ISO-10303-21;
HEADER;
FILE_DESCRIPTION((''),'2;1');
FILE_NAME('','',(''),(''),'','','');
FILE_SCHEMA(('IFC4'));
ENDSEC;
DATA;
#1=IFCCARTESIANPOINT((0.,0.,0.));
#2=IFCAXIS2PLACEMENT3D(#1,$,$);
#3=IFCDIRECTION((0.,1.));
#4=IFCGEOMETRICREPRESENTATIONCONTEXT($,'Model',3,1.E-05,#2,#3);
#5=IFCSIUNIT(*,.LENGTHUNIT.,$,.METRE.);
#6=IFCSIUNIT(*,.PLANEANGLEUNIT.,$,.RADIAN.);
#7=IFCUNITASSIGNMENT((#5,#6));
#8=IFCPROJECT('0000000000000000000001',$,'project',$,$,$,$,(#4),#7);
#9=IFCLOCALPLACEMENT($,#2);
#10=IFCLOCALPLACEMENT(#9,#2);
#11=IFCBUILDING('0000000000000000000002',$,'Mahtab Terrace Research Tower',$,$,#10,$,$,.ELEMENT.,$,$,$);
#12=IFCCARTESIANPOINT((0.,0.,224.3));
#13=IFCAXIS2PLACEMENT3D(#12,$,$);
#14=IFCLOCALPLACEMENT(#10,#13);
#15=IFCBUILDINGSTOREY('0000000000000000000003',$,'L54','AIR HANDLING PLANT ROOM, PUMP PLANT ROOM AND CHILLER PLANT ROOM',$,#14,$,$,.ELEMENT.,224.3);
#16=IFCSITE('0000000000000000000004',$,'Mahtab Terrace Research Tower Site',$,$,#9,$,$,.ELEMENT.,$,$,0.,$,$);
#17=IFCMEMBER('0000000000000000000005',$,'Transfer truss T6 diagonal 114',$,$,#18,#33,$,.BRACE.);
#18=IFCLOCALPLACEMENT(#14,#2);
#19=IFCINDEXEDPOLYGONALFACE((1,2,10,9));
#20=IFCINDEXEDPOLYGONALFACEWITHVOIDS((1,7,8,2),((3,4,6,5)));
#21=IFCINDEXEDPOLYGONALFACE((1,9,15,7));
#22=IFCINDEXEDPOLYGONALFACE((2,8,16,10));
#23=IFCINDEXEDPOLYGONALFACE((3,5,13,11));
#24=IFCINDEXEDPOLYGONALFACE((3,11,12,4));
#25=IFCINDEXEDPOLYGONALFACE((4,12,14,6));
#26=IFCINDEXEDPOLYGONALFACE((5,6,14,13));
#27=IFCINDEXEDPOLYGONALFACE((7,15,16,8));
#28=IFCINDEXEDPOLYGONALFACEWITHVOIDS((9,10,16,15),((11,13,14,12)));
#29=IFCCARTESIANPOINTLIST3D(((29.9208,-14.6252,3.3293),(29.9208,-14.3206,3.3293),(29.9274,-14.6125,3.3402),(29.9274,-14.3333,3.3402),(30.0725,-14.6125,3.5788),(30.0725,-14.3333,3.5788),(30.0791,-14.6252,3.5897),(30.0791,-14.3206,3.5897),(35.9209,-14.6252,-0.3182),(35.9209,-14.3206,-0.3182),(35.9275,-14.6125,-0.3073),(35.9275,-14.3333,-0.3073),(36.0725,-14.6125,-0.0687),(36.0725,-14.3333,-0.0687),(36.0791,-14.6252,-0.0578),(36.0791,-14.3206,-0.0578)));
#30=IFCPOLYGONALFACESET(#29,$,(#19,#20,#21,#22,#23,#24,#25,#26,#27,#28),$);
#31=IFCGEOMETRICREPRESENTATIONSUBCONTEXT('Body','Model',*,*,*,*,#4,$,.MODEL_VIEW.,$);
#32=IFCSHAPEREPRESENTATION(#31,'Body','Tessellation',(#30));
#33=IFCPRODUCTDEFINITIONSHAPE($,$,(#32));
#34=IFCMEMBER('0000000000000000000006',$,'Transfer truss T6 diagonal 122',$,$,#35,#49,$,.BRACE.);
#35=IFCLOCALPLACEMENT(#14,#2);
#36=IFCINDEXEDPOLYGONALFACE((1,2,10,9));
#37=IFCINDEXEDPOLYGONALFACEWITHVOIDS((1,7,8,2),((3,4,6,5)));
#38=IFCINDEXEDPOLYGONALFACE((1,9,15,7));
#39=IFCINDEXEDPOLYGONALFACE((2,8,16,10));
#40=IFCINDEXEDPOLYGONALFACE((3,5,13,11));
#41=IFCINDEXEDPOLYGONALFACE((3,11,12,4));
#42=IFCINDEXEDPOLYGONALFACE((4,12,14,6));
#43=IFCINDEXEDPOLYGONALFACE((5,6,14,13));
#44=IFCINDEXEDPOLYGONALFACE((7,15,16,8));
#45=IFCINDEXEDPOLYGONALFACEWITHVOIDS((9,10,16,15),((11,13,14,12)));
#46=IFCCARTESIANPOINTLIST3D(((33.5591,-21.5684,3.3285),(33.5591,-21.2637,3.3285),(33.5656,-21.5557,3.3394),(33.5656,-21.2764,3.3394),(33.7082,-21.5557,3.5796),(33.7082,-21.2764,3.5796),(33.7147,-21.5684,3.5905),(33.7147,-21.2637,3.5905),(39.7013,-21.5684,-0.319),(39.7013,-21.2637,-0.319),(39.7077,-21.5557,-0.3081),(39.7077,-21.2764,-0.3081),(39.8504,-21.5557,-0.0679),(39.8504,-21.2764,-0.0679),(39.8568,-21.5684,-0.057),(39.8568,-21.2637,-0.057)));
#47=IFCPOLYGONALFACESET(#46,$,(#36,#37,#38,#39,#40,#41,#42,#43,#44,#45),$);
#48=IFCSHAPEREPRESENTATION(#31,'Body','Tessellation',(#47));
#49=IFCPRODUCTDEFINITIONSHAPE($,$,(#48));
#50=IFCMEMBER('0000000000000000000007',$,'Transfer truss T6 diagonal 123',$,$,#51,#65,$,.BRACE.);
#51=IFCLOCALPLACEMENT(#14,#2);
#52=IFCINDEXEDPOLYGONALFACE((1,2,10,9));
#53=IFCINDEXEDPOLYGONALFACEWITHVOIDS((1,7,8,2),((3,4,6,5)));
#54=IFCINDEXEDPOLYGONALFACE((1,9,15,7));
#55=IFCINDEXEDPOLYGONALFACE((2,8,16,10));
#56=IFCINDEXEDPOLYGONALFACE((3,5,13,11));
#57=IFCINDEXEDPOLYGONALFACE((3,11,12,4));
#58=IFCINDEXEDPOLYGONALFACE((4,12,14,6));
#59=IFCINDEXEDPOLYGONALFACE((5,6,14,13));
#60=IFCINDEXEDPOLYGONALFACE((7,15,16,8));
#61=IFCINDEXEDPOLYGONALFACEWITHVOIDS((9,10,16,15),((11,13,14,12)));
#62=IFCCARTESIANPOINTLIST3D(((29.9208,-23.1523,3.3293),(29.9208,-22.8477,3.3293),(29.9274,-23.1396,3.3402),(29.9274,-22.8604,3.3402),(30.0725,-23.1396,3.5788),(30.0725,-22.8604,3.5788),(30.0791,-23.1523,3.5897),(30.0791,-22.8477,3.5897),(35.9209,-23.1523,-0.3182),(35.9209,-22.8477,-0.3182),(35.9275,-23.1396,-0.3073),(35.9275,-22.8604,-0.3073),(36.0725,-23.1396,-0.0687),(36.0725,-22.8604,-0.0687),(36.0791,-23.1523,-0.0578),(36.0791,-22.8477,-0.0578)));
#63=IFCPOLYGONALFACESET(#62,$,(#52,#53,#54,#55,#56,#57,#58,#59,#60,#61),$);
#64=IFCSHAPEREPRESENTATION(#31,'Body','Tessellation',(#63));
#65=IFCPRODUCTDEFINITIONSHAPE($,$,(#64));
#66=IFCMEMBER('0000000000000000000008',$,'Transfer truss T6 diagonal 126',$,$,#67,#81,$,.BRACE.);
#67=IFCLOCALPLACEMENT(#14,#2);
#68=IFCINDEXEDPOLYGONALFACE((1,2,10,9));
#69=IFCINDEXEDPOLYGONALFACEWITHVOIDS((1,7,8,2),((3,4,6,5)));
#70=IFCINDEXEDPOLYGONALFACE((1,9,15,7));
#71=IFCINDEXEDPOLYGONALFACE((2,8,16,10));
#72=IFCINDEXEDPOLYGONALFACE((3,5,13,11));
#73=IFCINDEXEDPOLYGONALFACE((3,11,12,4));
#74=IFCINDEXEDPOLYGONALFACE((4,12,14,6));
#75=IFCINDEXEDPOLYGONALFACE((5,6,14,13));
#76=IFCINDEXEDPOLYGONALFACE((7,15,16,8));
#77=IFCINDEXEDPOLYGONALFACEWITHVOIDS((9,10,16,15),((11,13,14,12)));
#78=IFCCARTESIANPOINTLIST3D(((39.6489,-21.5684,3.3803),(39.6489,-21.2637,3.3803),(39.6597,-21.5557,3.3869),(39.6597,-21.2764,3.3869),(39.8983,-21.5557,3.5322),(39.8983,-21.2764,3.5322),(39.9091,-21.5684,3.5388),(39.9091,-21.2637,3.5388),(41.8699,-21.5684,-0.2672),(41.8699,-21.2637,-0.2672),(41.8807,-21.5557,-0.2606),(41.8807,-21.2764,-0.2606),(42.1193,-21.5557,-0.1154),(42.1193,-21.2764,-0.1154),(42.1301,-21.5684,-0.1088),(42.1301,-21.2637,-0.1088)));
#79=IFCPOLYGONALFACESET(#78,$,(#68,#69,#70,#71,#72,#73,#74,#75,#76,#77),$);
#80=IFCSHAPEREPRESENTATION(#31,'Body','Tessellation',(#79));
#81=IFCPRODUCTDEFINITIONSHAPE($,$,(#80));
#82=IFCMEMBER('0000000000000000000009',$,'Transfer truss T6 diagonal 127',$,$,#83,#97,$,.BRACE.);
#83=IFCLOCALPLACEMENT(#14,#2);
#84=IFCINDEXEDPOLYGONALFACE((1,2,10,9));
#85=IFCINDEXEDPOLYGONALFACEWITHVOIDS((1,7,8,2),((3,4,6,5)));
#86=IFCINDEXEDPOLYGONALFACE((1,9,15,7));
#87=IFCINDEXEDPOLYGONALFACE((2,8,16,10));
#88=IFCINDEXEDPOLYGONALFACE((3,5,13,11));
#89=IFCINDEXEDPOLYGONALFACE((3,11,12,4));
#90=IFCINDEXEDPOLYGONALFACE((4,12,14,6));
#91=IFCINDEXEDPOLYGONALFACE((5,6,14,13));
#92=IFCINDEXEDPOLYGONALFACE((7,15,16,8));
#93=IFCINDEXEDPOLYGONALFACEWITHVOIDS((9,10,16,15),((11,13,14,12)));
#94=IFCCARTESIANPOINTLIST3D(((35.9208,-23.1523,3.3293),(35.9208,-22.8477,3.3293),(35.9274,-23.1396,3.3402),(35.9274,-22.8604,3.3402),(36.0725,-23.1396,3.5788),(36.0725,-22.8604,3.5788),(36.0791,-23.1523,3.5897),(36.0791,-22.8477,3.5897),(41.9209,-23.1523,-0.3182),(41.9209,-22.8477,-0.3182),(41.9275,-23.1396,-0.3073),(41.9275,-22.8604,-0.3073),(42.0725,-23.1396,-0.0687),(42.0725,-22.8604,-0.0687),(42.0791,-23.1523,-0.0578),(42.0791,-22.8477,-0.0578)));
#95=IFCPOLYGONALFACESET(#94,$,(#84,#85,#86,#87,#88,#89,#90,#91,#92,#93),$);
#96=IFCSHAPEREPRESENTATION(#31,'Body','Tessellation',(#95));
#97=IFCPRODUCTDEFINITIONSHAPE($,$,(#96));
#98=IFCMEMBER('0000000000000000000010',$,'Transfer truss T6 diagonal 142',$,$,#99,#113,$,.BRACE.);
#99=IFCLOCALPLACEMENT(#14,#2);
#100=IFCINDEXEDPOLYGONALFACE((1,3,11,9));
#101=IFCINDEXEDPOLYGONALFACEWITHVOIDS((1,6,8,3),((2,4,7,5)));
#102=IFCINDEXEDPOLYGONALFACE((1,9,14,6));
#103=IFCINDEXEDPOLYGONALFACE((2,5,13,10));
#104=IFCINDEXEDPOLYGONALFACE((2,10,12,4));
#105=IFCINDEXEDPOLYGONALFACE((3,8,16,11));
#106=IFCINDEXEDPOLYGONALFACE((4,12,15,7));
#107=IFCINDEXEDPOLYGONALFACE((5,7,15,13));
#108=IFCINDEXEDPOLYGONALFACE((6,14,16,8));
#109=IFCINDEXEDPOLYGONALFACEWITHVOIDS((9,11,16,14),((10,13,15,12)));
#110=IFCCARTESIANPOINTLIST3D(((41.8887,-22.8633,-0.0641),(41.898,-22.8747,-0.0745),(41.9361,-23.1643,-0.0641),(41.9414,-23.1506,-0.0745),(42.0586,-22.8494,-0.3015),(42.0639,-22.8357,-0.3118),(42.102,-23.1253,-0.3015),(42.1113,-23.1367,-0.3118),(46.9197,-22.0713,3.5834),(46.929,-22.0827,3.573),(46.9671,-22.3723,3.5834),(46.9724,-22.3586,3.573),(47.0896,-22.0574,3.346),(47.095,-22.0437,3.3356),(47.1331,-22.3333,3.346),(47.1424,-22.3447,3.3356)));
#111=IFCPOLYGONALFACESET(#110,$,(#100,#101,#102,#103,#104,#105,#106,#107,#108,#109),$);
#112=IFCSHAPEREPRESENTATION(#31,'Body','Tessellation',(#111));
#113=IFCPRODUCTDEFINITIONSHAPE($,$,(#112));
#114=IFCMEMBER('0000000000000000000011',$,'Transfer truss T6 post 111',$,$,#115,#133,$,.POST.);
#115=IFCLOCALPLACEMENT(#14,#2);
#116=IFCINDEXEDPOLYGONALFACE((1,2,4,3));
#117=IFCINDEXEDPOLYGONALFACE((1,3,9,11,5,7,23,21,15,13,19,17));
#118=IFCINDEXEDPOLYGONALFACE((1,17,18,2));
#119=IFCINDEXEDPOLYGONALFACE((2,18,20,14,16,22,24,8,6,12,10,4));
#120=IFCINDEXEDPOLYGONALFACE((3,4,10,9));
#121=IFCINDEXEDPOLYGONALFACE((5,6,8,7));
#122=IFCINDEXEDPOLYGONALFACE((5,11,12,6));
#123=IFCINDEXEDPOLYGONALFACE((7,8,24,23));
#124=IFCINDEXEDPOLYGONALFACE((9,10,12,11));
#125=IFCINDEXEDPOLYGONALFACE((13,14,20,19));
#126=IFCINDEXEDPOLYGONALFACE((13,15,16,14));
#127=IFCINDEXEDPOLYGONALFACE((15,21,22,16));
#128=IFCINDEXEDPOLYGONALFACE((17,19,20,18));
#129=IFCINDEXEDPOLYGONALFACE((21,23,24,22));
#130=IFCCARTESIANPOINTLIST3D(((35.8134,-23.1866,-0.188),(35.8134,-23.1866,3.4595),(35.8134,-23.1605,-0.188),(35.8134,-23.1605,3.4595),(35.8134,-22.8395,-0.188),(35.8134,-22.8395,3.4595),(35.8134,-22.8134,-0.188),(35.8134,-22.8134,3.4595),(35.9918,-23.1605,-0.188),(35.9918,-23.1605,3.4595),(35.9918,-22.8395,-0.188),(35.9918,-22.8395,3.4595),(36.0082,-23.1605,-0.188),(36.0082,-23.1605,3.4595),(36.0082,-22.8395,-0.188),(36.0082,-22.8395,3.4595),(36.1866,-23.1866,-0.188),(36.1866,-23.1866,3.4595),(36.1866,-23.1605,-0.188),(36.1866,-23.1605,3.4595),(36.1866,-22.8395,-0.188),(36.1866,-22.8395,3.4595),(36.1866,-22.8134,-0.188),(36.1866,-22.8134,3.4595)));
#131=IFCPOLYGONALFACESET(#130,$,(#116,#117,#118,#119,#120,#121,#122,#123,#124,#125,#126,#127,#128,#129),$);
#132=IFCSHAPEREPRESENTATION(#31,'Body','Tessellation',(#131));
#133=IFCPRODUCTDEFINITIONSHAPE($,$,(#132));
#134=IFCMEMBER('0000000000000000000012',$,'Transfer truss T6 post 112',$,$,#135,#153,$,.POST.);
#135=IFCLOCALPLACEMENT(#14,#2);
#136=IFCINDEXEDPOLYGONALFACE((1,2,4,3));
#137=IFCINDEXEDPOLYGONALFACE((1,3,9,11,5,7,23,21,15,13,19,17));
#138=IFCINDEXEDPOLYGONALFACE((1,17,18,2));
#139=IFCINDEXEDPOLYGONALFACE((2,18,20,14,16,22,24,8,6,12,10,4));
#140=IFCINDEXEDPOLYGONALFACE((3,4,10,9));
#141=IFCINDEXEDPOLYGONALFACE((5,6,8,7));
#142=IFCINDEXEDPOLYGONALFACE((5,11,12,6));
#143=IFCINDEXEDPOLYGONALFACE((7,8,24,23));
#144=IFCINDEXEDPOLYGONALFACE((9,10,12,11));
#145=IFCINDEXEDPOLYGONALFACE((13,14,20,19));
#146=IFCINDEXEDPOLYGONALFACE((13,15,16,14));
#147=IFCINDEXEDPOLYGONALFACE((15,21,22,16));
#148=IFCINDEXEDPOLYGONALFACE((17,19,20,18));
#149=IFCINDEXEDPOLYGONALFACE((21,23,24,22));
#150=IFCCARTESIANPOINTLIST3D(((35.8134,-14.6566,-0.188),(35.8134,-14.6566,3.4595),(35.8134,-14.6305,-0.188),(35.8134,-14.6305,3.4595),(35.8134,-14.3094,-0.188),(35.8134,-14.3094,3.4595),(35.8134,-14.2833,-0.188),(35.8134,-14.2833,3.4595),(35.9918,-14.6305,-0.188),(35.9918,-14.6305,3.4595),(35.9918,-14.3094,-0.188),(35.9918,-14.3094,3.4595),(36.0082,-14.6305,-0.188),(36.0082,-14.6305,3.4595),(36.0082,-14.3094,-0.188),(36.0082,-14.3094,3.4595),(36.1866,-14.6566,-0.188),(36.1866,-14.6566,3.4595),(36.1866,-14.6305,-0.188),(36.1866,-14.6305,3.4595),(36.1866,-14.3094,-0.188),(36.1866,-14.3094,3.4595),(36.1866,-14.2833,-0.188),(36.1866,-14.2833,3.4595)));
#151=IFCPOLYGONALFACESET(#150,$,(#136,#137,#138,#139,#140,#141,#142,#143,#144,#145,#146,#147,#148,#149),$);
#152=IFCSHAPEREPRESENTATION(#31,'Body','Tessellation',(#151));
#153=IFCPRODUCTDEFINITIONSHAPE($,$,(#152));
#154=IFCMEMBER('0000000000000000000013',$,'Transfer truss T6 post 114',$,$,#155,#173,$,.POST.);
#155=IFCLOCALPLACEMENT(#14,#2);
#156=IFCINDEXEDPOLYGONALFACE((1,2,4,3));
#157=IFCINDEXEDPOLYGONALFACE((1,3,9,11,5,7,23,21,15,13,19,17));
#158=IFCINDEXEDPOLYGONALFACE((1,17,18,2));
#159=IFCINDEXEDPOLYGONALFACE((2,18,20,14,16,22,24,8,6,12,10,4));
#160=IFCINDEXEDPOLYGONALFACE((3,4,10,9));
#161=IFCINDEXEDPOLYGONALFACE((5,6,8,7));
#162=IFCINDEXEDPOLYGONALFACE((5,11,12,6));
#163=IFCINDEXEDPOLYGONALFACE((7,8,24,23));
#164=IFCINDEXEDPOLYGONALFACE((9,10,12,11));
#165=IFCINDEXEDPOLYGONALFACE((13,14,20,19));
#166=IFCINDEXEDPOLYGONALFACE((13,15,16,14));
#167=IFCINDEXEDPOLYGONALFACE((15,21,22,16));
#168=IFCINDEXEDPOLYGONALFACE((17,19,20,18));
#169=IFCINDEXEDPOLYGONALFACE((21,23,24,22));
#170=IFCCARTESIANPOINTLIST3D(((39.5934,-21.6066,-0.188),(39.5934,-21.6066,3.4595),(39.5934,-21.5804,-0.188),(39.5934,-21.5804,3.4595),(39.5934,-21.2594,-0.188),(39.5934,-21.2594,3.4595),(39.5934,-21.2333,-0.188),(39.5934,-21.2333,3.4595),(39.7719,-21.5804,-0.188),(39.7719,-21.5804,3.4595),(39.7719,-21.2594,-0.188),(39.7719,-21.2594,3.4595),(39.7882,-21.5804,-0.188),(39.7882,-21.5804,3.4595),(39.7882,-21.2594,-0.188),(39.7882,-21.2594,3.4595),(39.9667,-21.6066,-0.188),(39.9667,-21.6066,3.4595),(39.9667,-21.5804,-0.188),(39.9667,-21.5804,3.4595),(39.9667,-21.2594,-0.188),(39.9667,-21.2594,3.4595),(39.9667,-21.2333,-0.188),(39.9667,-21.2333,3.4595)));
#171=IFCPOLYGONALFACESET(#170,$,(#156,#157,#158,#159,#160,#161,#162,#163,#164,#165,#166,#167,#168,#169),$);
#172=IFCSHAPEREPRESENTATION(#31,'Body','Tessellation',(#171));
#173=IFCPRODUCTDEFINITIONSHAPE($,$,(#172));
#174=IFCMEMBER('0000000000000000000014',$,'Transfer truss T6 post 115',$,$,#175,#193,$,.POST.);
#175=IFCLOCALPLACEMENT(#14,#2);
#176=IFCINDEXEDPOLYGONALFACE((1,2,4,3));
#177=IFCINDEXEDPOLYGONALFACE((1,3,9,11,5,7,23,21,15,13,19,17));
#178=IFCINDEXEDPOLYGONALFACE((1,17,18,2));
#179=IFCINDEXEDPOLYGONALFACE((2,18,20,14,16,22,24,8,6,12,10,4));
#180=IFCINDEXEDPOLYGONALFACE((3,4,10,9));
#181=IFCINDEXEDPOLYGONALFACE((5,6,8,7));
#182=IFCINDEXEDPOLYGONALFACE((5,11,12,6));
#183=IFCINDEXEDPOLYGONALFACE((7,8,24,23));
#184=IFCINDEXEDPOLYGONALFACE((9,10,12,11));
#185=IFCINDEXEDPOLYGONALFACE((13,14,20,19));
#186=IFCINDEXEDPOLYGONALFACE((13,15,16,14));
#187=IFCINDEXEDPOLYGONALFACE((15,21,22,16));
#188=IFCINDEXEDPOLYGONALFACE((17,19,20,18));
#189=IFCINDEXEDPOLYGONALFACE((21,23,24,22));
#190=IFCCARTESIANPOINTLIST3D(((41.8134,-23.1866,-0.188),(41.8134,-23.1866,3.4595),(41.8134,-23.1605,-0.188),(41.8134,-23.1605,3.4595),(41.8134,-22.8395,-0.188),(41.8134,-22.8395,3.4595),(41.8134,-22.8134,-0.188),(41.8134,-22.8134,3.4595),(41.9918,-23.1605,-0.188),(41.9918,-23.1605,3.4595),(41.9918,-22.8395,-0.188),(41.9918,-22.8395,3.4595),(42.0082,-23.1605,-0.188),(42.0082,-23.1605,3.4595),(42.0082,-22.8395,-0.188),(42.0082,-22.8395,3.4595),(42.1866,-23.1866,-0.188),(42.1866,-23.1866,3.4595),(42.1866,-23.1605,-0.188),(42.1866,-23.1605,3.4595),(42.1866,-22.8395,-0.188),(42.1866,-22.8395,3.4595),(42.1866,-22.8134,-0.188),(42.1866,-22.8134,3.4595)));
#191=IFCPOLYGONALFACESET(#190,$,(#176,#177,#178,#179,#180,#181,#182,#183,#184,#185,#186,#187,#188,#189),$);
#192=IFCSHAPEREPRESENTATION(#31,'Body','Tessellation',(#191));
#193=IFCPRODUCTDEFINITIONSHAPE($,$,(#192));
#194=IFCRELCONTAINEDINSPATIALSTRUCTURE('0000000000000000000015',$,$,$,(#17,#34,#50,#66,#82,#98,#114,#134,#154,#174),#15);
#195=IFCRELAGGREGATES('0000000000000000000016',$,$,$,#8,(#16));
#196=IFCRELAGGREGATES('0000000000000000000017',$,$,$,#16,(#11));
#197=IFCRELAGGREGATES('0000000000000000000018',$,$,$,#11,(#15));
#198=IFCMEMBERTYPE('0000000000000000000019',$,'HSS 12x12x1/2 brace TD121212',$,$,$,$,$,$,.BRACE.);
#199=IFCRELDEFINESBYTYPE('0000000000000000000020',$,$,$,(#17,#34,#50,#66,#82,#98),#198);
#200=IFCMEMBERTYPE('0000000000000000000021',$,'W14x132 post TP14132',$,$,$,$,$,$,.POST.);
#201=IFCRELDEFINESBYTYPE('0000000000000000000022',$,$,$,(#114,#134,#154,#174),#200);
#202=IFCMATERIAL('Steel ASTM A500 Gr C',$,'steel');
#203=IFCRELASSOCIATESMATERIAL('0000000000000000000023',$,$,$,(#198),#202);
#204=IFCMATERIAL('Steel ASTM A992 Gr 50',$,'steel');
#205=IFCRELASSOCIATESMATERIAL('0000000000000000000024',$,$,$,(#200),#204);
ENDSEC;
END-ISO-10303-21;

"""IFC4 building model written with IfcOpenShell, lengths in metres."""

from ifc_helpers import new_model, si_unit, direction, frame, origin, origin_2d, place, context, subcontext, project, spatial, hollow_rectangle, i_section, extrude, material, material_profile, profile_set, type_object, element, save


model = new_model("IFC4")

# Units and contexts
model_context = context("Model", 3, precision=1e-05, world=origin(), true_north=direction((0.0, 1.0)))
body_context = subcontext(model_context, "Body", "Model", "MODEL_VIEW")
ifc_project = project(units=[si_unit("LENGTHUNIT", "METRE"), si_unit("PLANEANGLEUNIT", "RADIAN")], contexts=[model_context])

# Site, building, storey
site_placement = place(None, origin())
site = spatial("IfcSite", under=ifc_project, at=site_placement, Name="Mahtab Terrace Research Tower Site", CompositionType="ELEMENT", RefElevation=0.0)
building_placement = place(site_placement, origin())
building = spatial("IfcBuilding", under=site, at=building_placement, Name="Mahtab Terrace Research Tower", CompositionType="ELEMENT")
storey_placement = place(building_placement, frame((0.0, 0.0, 224.3)))
storey = spatial("IfcBuildingStorey", under=building, at=storey_placement, Name="L54", Description="AIR HANDLING PLANT ROOM, PUMP PLANT ROOM AND CHILLER PLANT ROOM", CompositionType="ELEMENT", Elevation=224.3)

# Members
ifc_material_1 = material(Name="Steel ASTM A500 Gr C", Category="steel")
ifc_material_profile_1 = material_profile(ifc_material_1, hollow_rectangle(XDim=0.3047, YDim=0.3047, WallThickness=0.0127, at=origin_2d()), Name="HSS12X12X1/2")
ifc_profile_set_1 = profile_set([ifc_material_profile_1], Name="Steel ASTM A500 Gr C")
member_type_1 = type_object("IfcMemberType", Name="HSS 12x12x1/2 brace TD121212", PredefinedType="BRACE", material=ifc_profile_set_1)
member_1_placement = place(storey_placement, frame((36.0, -14.4729, -0.188), z_axis=(-0.854497, 0.0, 0.519457), x_axis=(0.0, -1.0, 0.0)))
element("IfcMember", 1, at=member_1_placement, inside=storey, type_object=member_type_1, Name="Transfer truss T6 diagonal 114", PredefinedType="BRACE", context=body_context, shape_type="SweptSolid", body=[
    extrude(hollow_rectangle(XDim=0.3047, YDim=0.3047, WallThickness=0.0127, at=origin_2d()), origin(), (0.0, 0.0, 1.0), 7.0217),
])
member_2_placement = place(storey_placement, frame((39.7791, -21.416, -0.188), z_axis=(-0.859818, 0.0, 0.5106), x_axis=(0.0, -1.0, 0.0)))
element("IfcMember", 2, at=member_2_placement, inside=storey, type_object=member_type_1, Name="Transfer truss T6 diagonal 122", PredefinedType="BRACE", context=body_context, shape_type="SweptSolid", body=[
    extrude(hollow_rectangle(XDim=0.3047, YDim=0.3047, WallThickness=0.0127, at=origin_2d()), origin(), (0.0, 0.0, 1.0), 7.1436),
])
member_3_placement = place(storey_placement, frame((36.0, -23.0, -0.188), z_axis=(-0.854497, 0.0, 0.519457), x_axis=(0.0, -1.0, 0.0)))
element("IfcMember", 3, at=member_3_placement, inside=storey, type_object=member_type_1, Name="Transfer truss T6 diagonal 123", PredefinedType="BRACE", context=body_context, shape_type="SweptSolid", body=[
    extrude(hollow_rectangle(XDim=0.3047, YDim=0.3047, WallThickness=0.0127, at=origin_2d()), origin(), (0.0, 0.0, 1.0), 7.0217),
])
member_4_placement = place(storey_placement, frame((42.0, -21.416, -0.188), z_axis=(-0.520076, 0.0, 0.85412), x_axis=(0.0, -1.0, 0.0)))
element("IfcMember", 4, at=member_4_placement, inside=storey, type_object=member_type_1, Name="Transfer truss T6 diagonal 126", PredefinedType="BRACE", context=body_context, shape_type="SweptSolid", body=[
    extrude(hollow_rectangle(XDim=0.3047, YDim=0.3047, WallThickness=0.0127, at=origin_2d()), origin(), (0.0, 0.0, 1.0), 4.2705),
])
member_5_placement = place(storey_placement, frame((42.0, -23.0, -0.188), z_axis=(-0.854497, 0.0, 0.519457), x_axis=(0.0, -1.0, 0.0)))
element("IfcMember", 5, at=member_5_placement, inside=storey, type_object=member_type_1, Name="Transfer truss T6 diagonal 127", PredefinedType="BRACE", context=body_context, shape_type="SweptSolid", body=[
    extrude(hollow_rectangle(XDim=0.3047, YDim=0.3047, WallThickness=0.0127, at=origin_2d()), origin(), (0.0, 0.0, 1.0), 7.0217),
])
member_6_placement = place(storey_placement, frame((42.0, -23.0, -0.188), z_axis=(0.803115, 0.126428, 0.582256), x_axis=(-0.155507, 0.987835, 0.0)))
element("IfcMember", 6, at=member_6_placement, inside=storey, type_object=member_type_1, Name="Transfer truss T6 diagonal 142", PredefinedType="BRACE", context=body_context, shape_type="SweptSolid", body=[
    extrude(hollow_rectangle(XDim=0.3047, YDim=0.3047, WallThickness=0.0127, at=origin_2d()), origin(), (0.0, 0.0, 1.0), 6.2644),
])
ifc_material_2 = material(Name="Steel ASTM A992 Gr 50", Category="steel")
ifc_material_profile_2 = material_profile(ifc_material_2, i_section(OverallWidth=0.3733, OverallDepth=0.3733, WebThickness=0.0164, FlangeThickness=0.0261, at=origin_2d()), Name="W14X132")
ifc_profile_set_2 = profile_set([ifc_material_profile_2], Name="Steel ASTM A992 Gr 50")
member_type_2 = type_object("IfcMemberType", Name="W14x132 post TP14132", PredefinedType="POST", material=ifc_profile_set_2)
for number, where, z_axis, x_axis, name in (
    (7, (36.0, -23.0, -0.188), (0.0, 0.0, 1.0), (1.0, 0.0, 0.0), "Transfer truss T6 post 111"),
    (8, (36.0, -14.47, -0.188), (0.0, 0.0, 1.0), (1.0, 0.0, 0.0), "Transfer truss T6 post 112"),
    (9, (39.78, -21.4199, -0.188), (0.0, 0.0, 1.0), (1.0, 0.0, 0.0), "Transfer truss T6 post 114"),
    (10, (42.0, -23.0, -0.188), (0.0, 0.0, 1.0), (1.0, 0.0, 0.0), "Transfer truss T6 post 115"),
):
    element("IfcMember", number, at=place(storey_placement, frame(where, z_axis=z_axis, x_axis=x_axis)), inside=storey, type_object=member_type_2, Name=name, PredefinedType="POST", context=body_context, shape_type="SweptSolid", body=[
        extrude(i_section(OverallWidth=0.3733, OverallDepth=0.3733, WebThickness=0.0164, FlangeThickness=0.0261, at=origin_2d()), origin(), (0.0, 0.0, 1.0), 3.6475),
    ])

save(model, "model.ifc")
